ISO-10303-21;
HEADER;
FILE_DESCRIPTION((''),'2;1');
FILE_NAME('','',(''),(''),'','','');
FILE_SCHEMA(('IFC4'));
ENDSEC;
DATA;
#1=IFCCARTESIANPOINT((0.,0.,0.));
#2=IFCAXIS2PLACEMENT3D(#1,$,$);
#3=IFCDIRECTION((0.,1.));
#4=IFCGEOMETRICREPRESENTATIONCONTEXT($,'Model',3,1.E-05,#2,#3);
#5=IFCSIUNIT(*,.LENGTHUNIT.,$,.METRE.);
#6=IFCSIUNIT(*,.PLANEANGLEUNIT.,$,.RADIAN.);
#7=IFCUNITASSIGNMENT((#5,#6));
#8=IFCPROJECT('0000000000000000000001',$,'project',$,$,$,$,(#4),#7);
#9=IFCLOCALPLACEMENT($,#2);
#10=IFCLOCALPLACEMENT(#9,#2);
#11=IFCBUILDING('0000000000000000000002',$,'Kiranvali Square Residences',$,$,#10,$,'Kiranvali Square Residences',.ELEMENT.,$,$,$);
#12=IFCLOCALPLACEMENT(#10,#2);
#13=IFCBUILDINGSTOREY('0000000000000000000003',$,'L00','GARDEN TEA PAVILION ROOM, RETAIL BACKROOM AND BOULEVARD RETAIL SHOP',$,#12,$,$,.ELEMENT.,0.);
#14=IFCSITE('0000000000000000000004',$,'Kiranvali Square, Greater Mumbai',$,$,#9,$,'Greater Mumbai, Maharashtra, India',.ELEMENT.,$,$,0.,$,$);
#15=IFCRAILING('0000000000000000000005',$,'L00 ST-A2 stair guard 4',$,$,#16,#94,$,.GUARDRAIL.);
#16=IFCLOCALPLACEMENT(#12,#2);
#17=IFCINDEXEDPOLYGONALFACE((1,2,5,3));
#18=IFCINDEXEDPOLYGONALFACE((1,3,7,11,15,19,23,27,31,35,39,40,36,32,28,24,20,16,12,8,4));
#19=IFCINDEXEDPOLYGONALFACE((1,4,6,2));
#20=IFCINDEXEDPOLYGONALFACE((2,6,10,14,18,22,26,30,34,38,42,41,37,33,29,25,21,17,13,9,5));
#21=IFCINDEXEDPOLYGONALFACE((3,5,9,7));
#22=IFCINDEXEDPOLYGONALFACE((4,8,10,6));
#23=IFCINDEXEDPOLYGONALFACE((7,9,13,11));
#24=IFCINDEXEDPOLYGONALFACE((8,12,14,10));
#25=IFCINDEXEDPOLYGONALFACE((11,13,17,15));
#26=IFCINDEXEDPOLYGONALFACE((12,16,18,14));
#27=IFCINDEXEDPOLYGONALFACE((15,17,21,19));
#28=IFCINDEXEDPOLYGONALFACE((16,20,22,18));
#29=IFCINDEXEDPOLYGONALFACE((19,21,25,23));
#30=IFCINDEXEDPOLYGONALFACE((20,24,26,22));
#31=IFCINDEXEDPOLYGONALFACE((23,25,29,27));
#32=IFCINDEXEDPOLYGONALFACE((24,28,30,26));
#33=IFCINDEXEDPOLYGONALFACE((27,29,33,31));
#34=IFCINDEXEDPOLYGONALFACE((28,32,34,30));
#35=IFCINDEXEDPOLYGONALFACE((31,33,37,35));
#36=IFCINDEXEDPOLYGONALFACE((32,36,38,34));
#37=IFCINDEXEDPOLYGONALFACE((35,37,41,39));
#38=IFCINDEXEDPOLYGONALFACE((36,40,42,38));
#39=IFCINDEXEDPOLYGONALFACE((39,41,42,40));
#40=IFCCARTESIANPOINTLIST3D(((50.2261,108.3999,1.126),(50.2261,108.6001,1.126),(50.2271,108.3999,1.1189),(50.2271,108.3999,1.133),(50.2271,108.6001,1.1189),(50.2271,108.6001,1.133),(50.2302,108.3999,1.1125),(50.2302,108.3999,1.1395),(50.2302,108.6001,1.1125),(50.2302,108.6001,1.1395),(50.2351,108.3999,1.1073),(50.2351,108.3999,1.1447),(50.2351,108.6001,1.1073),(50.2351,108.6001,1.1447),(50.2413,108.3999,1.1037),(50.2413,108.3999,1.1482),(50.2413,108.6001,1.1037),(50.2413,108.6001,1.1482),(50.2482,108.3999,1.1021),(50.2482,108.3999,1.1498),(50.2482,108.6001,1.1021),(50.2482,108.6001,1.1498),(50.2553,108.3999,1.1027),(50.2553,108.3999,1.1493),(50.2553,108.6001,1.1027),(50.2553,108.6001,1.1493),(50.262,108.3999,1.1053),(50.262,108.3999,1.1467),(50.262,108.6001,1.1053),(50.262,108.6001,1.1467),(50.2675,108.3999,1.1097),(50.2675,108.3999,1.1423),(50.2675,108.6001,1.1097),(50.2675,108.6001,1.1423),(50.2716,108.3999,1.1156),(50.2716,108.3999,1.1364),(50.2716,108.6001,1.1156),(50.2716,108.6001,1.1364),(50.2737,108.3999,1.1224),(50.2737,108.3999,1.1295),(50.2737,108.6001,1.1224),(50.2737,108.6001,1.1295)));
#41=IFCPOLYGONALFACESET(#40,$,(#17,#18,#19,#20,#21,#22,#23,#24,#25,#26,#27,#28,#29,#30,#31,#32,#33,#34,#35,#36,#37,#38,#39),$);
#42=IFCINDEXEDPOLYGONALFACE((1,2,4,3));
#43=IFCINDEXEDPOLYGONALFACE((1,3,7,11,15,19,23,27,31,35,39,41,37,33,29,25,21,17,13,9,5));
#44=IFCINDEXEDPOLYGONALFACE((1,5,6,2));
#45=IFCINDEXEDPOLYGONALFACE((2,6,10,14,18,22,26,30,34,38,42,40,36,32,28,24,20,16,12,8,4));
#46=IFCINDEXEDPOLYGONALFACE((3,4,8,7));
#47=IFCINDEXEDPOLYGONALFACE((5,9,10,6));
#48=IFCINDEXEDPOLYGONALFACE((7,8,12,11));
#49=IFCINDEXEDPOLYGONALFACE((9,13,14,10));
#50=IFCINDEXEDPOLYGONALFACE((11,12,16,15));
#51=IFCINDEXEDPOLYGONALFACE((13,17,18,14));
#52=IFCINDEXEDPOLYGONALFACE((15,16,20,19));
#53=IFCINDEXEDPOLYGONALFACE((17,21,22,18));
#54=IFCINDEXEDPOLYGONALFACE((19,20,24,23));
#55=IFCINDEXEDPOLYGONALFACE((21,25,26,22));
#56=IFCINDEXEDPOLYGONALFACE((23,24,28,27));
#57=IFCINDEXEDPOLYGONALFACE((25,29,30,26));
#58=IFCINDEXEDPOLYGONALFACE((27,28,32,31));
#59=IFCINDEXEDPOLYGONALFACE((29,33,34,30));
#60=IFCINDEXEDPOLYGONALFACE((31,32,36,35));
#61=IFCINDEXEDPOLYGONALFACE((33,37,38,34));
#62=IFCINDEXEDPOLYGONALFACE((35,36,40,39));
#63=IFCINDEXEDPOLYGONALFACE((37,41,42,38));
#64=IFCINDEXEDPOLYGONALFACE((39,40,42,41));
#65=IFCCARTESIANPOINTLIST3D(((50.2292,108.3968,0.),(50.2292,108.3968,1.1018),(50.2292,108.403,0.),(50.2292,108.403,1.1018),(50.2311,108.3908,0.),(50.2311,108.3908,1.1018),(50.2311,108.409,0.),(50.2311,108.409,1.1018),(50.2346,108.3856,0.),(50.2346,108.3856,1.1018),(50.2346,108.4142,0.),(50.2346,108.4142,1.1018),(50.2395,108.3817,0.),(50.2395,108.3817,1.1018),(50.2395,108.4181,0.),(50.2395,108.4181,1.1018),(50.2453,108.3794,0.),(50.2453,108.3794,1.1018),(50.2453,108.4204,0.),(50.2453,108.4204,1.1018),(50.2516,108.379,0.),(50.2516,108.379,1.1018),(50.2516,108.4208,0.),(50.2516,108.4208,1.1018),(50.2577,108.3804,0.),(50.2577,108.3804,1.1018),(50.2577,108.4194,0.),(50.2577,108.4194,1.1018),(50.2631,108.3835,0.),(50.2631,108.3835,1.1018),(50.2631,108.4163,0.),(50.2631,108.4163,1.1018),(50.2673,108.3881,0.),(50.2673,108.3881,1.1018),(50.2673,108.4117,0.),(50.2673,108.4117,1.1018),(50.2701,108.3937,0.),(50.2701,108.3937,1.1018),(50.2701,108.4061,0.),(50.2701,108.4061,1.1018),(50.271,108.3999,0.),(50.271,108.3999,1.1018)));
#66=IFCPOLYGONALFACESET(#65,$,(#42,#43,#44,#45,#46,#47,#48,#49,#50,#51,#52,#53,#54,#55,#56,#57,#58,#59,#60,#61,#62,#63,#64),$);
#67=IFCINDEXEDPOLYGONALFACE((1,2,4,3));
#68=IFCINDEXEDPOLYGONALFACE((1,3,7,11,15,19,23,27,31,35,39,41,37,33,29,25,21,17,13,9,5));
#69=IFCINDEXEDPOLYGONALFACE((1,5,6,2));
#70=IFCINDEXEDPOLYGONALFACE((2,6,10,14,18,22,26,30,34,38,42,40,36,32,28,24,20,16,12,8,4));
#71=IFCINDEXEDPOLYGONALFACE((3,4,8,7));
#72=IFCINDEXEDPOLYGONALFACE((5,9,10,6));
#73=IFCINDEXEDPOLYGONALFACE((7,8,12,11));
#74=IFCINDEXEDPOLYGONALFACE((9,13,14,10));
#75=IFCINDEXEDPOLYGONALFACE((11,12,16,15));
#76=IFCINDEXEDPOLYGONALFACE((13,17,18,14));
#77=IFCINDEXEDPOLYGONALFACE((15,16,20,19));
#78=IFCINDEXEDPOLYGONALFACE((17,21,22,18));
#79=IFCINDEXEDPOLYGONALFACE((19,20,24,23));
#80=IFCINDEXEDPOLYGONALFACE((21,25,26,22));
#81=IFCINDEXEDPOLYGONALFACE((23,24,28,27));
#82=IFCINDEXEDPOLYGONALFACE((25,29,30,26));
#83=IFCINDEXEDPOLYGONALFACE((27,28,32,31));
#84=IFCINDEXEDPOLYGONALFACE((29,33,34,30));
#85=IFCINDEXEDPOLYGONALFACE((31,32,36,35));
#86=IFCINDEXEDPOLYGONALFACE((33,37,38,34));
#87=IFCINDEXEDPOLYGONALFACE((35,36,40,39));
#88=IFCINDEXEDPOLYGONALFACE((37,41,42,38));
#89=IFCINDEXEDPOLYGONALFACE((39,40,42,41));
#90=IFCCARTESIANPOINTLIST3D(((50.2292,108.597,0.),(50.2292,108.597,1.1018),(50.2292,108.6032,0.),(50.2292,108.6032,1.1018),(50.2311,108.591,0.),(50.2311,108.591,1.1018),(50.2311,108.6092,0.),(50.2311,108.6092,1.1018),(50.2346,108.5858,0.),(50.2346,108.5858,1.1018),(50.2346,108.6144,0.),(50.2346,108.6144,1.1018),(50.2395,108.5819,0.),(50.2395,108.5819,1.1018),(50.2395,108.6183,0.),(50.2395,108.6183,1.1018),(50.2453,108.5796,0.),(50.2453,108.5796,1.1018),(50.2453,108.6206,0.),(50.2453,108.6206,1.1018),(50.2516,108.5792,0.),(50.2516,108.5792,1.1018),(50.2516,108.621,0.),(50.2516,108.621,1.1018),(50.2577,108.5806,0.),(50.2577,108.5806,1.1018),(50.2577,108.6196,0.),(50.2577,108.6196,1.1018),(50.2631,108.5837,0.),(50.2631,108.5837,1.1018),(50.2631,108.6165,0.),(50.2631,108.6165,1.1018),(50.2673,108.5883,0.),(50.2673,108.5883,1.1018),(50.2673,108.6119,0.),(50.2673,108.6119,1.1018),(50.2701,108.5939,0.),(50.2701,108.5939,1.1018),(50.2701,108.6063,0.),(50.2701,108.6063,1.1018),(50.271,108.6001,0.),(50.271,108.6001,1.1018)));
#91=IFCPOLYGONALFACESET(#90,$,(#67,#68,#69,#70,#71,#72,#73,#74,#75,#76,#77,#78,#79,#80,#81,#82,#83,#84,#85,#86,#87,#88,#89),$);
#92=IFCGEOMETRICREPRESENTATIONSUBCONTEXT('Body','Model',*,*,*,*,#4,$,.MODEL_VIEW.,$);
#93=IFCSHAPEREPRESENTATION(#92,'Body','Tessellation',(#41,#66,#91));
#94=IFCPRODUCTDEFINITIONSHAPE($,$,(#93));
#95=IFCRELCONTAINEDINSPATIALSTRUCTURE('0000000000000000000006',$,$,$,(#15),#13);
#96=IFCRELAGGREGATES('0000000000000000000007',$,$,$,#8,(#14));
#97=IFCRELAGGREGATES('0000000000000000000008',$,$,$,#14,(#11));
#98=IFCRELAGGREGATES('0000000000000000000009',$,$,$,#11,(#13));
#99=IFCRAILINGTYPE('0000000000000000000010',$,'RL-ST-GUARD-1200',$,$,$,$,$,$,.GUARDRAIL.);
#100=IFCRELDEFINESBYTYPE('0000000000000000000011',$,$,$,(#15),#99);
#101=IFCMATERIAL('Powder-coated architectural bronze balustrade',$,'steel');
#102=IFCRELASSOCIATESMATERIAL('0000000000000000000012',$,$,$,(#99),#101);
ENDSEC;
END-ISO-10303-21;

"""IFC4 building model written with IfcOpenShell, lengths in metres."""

from ifc_helpers import new_model, si_unit, direction, frame, origin, origin_2d, place, context, subcontext, project, spatial, circle, extrude, material, type_object, element, save


model = new_model("IFC4")

# Units and contexts
model_context = context("Model", 3, precision=1e-05, world=origin(), true_north=direction((0.0, 1.0)))
body_context = subcontext(model_context, "Body", "Model", "MODEL_VIEW")
ifc_project = project(units=[si_unit("LENGTHUNIT", "METRE"), si_unit("PLANEANGLEUNIT", "RADIAN")], contexts=[model_context])

# Site, building, storey
site_placement = place(None, origin())
site = spatial("IfcSite", under=ifc_project, at=site_placement, Name="Kiranvali Square, Greater Mumbai", LongName="Greater Mumbai, Maharashtra, India", CompositionType="ELEMENT", RefElevation=0.0)
building_placement = place(site_placement, origin())
building = spatial("IfcBuilding", under=site, at=building_placement, Name="Kiranvali Square Residences", LongName="Kiranvali Square Residences", CompositionType="ELEMENT")
storey_placement = place(building_placement, origin())
storey = spatial("IfcBuildingStorey", under=building, at=storey_placement, Name="L00", Description="GARDEN TEA PAVILION ROOM, RETAIL BACKROOM AND BOULEVARD RETAIL SHOP", CompositionType="ELEMENT", Elevation=0.0)

# Railing
ifc_material_1 = material(Name="Powder-coated architectural bronze balustrade", Category="steel")
railing_type_1 = type_object("IfcRailingType", Name="RL-ST-GUARD-1200", PredefinedType="GUARDRAIL", material=ifc_material_1)
railing_1_placement = place(storey_placement, frame((50.25, 108.3999, 0.0)))
element("IfcRailing", 1, at=railing_1_placement, inside=storey, type_object=railing_type_1, Name="L00 ST-A2 stair guard 4", PredefinedType="GUARDRAIL", context=body_context, shape_type="SweptSolid", body=[
    extrude(circle(Radius=0.0239, at=origin_2d()), frame((0.0, 0.0, 1.126), z_axis=(0.0, 1.0, 0.0), x_axis=(-1.0, 0.0, 0.0)), (0.0, 0.0, 1.0), 0.2002),
    extrude(circle(Radius=0.021, at=origin_2d()), origin(), (0.0, 0.0, 1.0), 1.1018),
    extrude(circle(Radius=0.021, at=origin_2d()), frame((0.0, 0.2002, 0.0)), (0.0, 0.0, 1.0), 1.1018),
])

save(model, "model.ifc")
